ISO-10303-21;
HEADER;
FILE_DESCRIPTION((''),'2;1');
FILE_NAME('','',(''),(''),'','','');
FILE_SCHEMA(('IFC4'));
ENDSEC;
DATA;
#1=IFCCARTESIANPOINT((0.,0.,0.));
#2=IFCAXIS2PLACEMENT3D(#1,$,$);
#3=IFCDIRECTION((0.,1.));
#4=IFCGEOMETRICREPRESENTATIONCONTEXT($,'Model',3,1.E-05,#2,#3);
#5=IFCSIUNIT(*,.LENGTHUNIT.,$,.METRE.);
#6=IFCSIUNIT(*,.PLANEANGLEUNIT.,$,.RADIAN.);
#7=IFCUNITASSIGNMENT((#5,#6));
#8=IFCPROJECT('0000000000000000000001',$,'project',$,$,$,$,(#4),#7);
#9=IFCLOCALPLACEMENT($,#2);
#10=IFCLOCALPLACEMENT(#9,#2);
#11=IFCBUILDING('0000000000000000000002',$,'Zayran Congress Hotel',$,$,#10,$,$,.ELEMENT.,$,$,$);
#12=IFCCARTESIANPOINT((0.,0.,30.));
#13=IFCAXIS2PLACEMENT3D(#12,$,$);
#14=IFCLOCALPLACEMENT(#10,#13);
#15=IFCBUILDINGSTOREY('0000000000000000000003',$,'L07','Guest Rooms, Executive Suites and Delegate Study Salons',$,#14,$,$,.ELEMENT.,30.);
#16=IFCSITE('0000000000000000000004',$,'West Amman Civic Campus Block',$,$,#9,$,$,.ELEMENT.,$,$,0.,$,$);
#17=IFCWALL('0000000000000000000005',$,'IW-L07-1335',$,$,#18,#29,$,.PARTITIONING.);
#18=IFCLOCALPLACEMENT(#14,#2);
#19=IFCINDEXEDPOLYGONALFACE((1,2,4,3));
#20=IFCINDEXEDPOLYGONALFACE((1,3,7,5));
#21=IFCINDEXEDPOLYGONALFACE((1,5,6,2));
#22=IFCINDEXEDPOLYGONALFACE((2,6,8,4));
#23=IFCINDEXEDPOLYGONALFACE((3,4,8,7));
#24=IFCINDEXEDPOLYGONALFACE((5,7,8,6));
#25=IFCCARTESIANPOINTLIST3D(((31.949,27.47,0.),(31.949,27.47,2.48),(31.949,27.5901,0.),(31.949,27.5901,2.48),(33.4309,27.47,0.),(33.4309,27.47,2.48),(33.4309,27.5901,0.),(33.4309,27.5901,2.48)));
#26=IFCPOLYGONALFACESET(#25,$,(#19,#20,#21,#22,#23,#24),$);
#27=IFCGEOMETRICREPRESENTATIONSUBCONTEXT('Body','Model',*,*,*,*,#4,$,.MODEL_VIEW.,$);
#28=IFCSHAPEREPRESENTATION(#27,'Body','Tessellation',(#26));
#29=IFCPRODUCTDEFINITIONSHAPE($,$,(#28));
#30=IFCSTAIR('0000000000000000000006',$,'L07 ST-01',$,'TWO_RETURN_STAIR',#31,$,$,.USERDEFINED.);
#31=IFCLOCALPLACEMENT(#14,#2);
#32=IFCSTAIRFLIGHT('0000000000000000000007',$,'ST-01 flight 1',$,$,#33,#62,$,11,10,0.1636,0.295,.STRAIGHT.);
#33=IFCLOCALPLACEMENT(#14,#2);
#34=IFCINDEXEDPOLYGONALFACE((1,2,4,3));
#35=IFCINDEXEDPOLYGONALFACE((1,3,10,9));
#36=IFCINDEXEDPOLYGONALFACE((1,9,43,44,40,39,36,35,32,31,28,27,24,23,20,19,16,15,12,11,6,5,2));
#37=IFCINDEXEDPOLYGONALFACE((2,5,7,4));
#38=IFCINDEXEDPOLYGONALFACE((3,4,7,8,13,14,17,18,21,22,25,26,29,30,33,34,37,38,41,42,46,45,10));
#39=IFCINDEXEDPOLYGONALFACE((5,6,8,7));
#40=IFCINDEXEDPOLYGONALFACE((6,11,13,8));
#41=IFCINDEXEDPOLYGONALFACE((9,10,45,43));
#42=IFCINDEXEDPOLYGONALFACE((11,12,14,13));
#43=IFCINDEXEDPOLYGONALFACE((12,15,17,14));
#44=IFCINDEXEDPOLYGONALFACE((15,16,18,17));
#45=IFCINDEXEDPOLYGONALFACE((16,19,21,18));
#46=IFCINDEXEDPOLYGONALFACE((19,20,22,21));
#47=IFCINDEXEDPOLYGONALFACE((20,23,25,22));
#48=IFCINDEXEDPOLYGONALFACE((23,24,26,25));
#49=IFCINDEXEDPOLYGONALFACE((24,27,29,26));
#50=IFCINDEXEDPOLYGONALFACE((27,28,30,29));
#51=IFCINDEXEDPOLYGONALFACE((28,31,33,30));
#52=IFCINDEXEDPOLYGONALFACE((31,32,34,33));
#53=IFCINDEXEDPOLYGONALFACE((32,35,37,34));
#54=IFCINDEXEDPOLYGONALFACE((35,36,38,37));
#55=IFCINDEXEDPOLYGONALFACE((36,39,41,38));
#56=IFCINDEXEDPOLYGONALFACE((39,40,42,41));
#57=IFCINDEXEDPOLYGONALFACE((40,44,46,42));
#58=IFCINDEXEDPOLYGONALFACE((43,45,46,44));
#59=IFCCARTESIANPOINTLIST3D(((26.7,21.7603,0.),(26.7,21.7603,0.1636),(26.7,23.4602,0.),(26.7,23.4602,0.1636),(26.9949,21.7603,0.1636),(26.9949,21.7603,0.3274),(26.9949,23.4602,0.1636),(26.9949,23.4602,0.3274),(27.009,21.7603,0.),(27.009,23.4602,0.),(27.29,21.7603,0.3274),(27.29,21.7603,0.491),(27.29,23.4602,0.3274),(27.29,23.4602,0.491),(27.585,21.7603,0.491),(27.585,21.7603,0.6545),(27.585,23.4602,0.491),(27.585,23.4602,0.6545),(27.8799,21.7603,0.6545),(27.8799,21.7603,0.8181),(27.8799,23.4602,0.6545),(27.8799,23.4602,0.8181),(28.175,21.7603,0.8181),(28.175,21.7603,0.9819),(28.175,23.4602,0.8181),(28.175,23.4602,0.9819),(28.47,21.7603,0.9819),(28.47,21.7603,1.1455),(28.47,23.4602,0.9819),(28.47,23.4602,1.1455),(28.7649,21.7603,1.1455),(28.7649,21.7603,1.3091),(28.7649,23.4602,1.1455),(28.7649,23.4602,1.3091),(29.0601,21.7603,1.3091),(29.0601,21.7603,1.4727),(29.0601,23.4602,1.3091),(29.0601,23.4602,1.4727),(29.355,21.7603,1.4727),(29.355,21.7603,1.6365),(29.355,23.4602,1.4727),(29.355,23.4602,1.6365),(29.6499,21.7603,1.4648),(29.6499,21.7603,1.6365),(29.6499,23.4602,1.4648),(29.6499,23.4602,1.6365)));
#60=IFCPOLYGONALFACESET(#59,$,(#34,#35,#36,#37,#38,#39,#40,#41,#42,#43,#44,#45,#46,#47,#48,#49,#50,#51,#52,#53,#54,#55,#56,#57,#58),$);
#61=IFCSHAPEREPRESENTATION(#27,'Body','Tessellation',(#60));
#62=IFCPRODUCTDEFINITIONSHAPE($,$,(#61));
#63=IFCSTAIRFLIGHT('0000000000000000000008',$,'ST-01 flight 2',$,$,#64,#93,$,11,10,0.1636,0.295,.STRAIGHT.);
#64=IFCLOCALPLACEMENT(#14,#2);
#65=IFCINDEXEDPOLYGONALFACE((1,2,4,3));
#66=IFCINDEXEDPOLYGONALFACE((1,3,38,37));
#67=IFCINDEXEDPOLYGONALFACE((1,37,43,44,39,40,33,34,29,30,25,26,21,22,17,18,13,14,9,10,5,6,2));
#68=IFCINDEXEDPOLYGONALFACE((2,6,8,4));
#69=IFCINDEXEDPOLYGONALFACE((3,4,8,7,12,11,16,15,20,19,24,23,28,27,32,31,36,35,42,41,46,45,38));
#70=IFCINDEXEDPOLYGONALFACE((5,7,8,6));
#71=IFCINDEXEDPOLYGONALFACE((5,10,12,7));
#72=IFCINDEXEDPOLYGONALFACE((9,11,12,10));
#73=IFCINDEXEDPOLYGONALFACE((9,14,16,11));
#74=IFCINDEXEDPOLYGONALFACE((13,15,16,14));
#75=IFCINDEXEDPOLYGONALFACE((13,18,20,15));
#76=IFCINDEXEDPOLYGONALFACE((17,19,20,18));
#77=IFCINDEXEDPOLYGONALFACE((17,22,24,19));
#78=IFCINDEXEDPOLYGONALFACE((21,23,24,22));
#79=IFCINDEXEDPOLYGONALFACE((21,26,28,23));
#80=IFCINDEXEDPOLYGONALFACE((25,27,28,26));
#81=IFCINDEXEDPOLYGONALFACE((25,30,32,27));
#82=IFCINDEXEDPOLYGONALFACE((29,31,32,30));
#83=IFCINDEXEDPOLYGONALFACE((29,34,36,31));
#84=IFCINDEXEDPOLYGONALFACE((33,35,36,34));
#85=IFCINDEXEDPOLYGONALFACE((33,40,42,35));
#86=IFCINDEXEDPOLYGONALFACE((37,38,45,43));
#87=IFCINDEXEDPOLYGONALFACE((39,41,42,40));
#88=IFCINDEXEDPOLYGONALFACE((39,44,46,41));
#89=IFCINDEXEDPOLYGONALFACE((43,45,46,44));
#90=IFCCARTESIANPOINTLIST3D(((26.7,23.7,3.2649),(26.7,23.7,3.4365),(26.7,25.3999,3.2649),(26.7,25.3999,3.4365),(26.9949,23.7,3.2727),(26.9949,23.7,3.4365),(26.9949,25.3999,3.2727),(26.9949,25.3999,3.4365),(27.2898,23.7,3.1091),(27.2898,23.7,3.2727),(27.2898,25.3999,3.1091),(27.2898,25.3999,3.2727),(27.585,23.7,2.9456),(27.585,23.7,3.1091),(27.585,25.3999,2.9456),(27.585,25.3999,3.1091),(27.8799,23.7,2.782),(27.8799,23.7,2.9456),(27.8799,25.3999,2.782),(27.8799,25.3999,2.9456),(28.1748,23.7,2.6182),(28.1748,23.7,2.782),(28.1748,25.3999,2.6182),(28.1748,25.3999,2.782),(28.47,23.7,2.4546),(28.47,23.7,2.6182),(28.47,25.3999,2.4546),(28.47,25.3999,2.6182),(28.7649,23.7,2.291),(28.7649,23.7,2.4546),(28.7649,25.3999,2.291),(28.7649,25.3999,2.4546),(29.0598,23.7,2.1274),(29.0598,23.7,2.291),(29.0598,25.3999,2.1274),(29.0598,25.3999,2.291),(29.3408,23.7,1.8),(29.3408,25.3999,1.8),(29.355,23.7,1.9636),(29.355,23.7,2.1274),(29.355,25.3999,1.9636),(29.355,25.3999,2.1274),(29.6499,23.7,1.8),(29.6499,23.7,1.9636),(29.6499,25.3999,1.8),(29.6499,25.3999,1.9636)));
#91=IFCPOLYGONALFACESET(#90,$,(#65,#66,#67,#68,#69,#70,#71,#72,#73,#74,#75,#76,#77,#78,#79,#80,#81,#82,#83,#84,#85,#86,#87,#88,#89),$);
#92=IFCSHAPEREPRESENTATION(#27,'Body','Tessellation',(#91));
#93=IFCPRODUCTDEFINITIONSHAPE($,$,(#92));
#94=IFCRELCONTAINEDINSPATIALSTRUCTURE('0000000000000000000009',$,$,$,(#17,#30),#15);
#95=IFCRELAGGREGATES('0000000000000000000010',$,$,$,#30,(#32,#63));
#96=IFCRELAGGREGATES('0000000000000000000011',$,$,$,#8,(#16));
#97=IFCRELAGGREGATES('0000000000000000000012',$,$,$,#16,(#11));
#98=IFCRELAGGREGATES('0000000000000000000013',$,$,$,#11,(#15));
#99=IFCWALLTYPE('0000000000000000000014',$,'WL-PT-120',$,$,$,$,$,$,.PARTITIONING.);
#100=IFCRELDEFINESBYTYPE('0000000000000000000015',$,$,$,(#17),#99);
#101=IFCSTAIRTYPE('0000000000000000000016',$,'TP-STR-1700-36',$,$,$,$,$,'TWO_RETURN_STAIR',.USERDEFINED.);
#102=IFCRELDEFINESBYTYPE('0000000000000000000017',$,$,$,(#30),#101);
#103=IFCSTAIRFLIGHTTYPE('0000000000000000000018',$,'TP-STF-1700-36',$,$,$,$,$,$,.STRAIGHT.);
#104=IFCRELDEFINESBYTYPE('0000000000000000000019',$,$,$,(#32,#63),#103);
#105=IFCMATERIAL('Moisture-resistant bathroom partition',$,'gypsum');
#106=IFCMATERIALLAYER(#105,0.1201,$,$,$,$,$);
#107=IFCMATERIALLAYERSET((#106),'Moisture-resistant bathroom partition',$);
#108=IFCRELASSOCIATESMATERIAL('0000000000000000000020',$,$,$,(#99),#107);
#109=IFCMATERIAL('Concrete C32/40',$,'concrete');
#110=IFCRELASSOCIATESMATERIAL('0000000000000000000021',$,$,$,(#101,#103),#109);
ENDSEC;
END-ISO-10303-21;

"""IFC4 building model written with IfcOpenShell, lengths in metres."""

from ifc_helpers import new_model, si_unit, direction, frame, frame_2d, origin, place, context, subcontext, project, spatial, polyline, rectangle, outline, extrude, material, layer, layer_set, type_object, element, aggregate, save


model = new_model("IFC4")

# Units and contexts
model_context = context("Model", 3, precision=1e-05, world=origin(), true_north=direction((0.0, 1.0)))
body_context = subcontext(model_context, "Body", "Model", "MODEL_VIEW")
ifc_project = project(units=[si_unit("LENGTHUNIT", "METRE"), si_unit("PLANEANGLEUNIT", "RADIAN")], contexts=[model_context])

# Site, building, storey
site_placement = place(None, origin())
site = spatial("IfcSite", under=ifc_project, at=site_placement, Name="West Amman Civic Campus Block", CompositionType="ELEMENT", RefElevation=0.0)
building_placement = place(site_placement, origin())
building = spatial("IfcBuilding", under=site, at=building_placement, Name="Zayran Congress Hotel", CompositionType="ELEMENT")
storey_placement = place(building_placement, frame((0.0, 0.0, 30.0)))
storey = spatial("IfcBuildingStorey", under=building, at=storey_placement, Name="L07", Description="Guest Rooms, Executive Suites and Delegate Study Salons", CompositionType="ELEMENT", Elevation=30.0)

# Shared definitions
ifc_material_1 = material(Name="Moisture-resistant bathroom partition", Category="gypsum")
ifc_layer_1 = layer(ifc_material_1, 0.1201)
ifc_layer_set_1 = layer_set([ifc_layer_1], Name="Moisture-resistant bathroom partition")
wall_type_1 = type_object("IfcWallType", Name="WL-PT-120", PredefinedType="PARTITIONING", material=ifc_layer_set_1)

# Wall
wall_1_placement = place(storey_placement, frame((31.949, 27.53, 0.0), z_axis=(0.0, 0.0, 1.0), x_axis=(1.0, 0.0, 0.0)))
element("IfcWall", 1, at=wall_1_placement, inside=storey, type_object=wall_type_1, Name="IW-L07-1335", PredefinedType="PARTITIONING", context=body_context, shape_type="SweptSolid", body=[
    extrude(rectangle(XDim=1.4819, YDim=0.1201, at=frame_2d((0.741, 0.0))), origin(), (0.0, 0.0, 1.0), 2.48),
])

# Stair, stair flights
ifc_material_2 = material(Name="Concrete C32/40", Category="concrete")
stair_type = type_object("IfcStairType", Name="TP-STR-1700-36", ElementType="TWO_RETURN_STAIR", PredefinedType="USERDEFINED", material=ifc_material_2)
stair_placement = place(storey_placement, origin())
stair = element("IfcStair", 2, at=stair_placement, inside=storey, type_object=stair_type, Name="L07 ST-01", ObjectType="TWO_RETURN_STAIR", PredefinedType="USERDEFINED")
stair_flight_type = type_object("IfcStairFlightType", Name="TP-STF-1700-36", PredefinedType="STRAIGHT", material=ifc_material_2)
stair_flight_1_placement = place(storey_placement, frame((26.7, 22.6101, 0.0), z_axis=(0.0, 0.0, 1.0), x_axis=(1.0, 0.0, 0.0)))
stair_flight_1 = element("IfcStairFlight", 3, at=stair_flight_1_placement, type_object=stair_flight_type, Name="ST-01 flight 1", NumberOfRisers=11, NumberOfTreads=10, PredefinedType="STRAIGHT", RiserHeight=0.1636, TreadLength=0.295, context=body_context, shape_type="SweptSolid", body=[
    extrude(outline(polyline([(0.0, 0.0), (0.0, 0.1636), (0.2949, 0.1636), (0.2949, 0.3274), (0.5901, 0.3274), (0.5901, 0.491), (0.885, 0.491), (0.885, 0.6545), (1.1799, 0.6545), (1.1799, 0.8181), (1.4751, 0.8181), (1.4751, 0.9819), (1.77, 0.9819), (1.77, 1.1455), (2.0649, 1.1455), (2.0649, 1.3091), (2.3601, 1.3091), (2.3601, 1.4727), (2.655, 1.4727), (2.655, 1.6365), (2.95, 1.6365), (2.95, 1.8), (2.95, 1.4648), (0.3091, 0.0), (0.0, 0.0)])), frame((0.0, 0.8501, 0.0), z_axis=(0.0, -1.0, 0.0), x_axis=(1.0, 0.0, 0.0)), (0.0, 0.0, 1.0), 1.7),
])
stair_flight_2_placement = place(storey_placement, frame((29.6499, 24.55, 1.8), z_axis=(0.0, 0.0, 1.0), x_axis=(-1.0, 0.0, 0.0)))
stair_flight_2 = element("IfcStairFlight", 4, at=stair_flight_2_placement, type_object=stair_flight_type, Name="ST-01 flight 2", NumberOfRisers=11, NumberOfTreads=10, PredefinedType="STRAIGHT", RiserHeight=0.1636, TreadLength=0.295, context=body_context, shape_type="SweptSolid", body=[
    extrude(outline(polyline([(0.0, 0.0), (0.0, 0.1636), (0.2949, 0.1636), (0.2949, 0.3274), (0.5901, 0.3274), (0.5901, 0.491), (0.885, 0.491), (0.885, 0.6545), (1.1799, 0.6545), (1.1799, 0.8181), (1.4751, 0.8181), (1.4751, 0.9819), (1.77, 0.9819), (1.77, 1.1455), (2.0649, 1.1455), (2.0649, 1.3091), (2.3601, 1.3091), (2.3601, 1.4727), (2.655, 1.4727), (2.655, 1.6365), (2.95, 1.6365), (2.95, 1.8), (2.95, 1.4648), (0.3091, 0.0), (0.0, 0.0)])), frame((0.0, 0.8501, 0.0), z_axis=(0.0, -1.0, 0.0), x_axis=(1.0, 0.0, 0.0)), (0.0, 0.0, 1.0), 1.7),
])
aggregate(stair, [stair_flight_1, stair_flight_2])

save(model, "model.ifc")
